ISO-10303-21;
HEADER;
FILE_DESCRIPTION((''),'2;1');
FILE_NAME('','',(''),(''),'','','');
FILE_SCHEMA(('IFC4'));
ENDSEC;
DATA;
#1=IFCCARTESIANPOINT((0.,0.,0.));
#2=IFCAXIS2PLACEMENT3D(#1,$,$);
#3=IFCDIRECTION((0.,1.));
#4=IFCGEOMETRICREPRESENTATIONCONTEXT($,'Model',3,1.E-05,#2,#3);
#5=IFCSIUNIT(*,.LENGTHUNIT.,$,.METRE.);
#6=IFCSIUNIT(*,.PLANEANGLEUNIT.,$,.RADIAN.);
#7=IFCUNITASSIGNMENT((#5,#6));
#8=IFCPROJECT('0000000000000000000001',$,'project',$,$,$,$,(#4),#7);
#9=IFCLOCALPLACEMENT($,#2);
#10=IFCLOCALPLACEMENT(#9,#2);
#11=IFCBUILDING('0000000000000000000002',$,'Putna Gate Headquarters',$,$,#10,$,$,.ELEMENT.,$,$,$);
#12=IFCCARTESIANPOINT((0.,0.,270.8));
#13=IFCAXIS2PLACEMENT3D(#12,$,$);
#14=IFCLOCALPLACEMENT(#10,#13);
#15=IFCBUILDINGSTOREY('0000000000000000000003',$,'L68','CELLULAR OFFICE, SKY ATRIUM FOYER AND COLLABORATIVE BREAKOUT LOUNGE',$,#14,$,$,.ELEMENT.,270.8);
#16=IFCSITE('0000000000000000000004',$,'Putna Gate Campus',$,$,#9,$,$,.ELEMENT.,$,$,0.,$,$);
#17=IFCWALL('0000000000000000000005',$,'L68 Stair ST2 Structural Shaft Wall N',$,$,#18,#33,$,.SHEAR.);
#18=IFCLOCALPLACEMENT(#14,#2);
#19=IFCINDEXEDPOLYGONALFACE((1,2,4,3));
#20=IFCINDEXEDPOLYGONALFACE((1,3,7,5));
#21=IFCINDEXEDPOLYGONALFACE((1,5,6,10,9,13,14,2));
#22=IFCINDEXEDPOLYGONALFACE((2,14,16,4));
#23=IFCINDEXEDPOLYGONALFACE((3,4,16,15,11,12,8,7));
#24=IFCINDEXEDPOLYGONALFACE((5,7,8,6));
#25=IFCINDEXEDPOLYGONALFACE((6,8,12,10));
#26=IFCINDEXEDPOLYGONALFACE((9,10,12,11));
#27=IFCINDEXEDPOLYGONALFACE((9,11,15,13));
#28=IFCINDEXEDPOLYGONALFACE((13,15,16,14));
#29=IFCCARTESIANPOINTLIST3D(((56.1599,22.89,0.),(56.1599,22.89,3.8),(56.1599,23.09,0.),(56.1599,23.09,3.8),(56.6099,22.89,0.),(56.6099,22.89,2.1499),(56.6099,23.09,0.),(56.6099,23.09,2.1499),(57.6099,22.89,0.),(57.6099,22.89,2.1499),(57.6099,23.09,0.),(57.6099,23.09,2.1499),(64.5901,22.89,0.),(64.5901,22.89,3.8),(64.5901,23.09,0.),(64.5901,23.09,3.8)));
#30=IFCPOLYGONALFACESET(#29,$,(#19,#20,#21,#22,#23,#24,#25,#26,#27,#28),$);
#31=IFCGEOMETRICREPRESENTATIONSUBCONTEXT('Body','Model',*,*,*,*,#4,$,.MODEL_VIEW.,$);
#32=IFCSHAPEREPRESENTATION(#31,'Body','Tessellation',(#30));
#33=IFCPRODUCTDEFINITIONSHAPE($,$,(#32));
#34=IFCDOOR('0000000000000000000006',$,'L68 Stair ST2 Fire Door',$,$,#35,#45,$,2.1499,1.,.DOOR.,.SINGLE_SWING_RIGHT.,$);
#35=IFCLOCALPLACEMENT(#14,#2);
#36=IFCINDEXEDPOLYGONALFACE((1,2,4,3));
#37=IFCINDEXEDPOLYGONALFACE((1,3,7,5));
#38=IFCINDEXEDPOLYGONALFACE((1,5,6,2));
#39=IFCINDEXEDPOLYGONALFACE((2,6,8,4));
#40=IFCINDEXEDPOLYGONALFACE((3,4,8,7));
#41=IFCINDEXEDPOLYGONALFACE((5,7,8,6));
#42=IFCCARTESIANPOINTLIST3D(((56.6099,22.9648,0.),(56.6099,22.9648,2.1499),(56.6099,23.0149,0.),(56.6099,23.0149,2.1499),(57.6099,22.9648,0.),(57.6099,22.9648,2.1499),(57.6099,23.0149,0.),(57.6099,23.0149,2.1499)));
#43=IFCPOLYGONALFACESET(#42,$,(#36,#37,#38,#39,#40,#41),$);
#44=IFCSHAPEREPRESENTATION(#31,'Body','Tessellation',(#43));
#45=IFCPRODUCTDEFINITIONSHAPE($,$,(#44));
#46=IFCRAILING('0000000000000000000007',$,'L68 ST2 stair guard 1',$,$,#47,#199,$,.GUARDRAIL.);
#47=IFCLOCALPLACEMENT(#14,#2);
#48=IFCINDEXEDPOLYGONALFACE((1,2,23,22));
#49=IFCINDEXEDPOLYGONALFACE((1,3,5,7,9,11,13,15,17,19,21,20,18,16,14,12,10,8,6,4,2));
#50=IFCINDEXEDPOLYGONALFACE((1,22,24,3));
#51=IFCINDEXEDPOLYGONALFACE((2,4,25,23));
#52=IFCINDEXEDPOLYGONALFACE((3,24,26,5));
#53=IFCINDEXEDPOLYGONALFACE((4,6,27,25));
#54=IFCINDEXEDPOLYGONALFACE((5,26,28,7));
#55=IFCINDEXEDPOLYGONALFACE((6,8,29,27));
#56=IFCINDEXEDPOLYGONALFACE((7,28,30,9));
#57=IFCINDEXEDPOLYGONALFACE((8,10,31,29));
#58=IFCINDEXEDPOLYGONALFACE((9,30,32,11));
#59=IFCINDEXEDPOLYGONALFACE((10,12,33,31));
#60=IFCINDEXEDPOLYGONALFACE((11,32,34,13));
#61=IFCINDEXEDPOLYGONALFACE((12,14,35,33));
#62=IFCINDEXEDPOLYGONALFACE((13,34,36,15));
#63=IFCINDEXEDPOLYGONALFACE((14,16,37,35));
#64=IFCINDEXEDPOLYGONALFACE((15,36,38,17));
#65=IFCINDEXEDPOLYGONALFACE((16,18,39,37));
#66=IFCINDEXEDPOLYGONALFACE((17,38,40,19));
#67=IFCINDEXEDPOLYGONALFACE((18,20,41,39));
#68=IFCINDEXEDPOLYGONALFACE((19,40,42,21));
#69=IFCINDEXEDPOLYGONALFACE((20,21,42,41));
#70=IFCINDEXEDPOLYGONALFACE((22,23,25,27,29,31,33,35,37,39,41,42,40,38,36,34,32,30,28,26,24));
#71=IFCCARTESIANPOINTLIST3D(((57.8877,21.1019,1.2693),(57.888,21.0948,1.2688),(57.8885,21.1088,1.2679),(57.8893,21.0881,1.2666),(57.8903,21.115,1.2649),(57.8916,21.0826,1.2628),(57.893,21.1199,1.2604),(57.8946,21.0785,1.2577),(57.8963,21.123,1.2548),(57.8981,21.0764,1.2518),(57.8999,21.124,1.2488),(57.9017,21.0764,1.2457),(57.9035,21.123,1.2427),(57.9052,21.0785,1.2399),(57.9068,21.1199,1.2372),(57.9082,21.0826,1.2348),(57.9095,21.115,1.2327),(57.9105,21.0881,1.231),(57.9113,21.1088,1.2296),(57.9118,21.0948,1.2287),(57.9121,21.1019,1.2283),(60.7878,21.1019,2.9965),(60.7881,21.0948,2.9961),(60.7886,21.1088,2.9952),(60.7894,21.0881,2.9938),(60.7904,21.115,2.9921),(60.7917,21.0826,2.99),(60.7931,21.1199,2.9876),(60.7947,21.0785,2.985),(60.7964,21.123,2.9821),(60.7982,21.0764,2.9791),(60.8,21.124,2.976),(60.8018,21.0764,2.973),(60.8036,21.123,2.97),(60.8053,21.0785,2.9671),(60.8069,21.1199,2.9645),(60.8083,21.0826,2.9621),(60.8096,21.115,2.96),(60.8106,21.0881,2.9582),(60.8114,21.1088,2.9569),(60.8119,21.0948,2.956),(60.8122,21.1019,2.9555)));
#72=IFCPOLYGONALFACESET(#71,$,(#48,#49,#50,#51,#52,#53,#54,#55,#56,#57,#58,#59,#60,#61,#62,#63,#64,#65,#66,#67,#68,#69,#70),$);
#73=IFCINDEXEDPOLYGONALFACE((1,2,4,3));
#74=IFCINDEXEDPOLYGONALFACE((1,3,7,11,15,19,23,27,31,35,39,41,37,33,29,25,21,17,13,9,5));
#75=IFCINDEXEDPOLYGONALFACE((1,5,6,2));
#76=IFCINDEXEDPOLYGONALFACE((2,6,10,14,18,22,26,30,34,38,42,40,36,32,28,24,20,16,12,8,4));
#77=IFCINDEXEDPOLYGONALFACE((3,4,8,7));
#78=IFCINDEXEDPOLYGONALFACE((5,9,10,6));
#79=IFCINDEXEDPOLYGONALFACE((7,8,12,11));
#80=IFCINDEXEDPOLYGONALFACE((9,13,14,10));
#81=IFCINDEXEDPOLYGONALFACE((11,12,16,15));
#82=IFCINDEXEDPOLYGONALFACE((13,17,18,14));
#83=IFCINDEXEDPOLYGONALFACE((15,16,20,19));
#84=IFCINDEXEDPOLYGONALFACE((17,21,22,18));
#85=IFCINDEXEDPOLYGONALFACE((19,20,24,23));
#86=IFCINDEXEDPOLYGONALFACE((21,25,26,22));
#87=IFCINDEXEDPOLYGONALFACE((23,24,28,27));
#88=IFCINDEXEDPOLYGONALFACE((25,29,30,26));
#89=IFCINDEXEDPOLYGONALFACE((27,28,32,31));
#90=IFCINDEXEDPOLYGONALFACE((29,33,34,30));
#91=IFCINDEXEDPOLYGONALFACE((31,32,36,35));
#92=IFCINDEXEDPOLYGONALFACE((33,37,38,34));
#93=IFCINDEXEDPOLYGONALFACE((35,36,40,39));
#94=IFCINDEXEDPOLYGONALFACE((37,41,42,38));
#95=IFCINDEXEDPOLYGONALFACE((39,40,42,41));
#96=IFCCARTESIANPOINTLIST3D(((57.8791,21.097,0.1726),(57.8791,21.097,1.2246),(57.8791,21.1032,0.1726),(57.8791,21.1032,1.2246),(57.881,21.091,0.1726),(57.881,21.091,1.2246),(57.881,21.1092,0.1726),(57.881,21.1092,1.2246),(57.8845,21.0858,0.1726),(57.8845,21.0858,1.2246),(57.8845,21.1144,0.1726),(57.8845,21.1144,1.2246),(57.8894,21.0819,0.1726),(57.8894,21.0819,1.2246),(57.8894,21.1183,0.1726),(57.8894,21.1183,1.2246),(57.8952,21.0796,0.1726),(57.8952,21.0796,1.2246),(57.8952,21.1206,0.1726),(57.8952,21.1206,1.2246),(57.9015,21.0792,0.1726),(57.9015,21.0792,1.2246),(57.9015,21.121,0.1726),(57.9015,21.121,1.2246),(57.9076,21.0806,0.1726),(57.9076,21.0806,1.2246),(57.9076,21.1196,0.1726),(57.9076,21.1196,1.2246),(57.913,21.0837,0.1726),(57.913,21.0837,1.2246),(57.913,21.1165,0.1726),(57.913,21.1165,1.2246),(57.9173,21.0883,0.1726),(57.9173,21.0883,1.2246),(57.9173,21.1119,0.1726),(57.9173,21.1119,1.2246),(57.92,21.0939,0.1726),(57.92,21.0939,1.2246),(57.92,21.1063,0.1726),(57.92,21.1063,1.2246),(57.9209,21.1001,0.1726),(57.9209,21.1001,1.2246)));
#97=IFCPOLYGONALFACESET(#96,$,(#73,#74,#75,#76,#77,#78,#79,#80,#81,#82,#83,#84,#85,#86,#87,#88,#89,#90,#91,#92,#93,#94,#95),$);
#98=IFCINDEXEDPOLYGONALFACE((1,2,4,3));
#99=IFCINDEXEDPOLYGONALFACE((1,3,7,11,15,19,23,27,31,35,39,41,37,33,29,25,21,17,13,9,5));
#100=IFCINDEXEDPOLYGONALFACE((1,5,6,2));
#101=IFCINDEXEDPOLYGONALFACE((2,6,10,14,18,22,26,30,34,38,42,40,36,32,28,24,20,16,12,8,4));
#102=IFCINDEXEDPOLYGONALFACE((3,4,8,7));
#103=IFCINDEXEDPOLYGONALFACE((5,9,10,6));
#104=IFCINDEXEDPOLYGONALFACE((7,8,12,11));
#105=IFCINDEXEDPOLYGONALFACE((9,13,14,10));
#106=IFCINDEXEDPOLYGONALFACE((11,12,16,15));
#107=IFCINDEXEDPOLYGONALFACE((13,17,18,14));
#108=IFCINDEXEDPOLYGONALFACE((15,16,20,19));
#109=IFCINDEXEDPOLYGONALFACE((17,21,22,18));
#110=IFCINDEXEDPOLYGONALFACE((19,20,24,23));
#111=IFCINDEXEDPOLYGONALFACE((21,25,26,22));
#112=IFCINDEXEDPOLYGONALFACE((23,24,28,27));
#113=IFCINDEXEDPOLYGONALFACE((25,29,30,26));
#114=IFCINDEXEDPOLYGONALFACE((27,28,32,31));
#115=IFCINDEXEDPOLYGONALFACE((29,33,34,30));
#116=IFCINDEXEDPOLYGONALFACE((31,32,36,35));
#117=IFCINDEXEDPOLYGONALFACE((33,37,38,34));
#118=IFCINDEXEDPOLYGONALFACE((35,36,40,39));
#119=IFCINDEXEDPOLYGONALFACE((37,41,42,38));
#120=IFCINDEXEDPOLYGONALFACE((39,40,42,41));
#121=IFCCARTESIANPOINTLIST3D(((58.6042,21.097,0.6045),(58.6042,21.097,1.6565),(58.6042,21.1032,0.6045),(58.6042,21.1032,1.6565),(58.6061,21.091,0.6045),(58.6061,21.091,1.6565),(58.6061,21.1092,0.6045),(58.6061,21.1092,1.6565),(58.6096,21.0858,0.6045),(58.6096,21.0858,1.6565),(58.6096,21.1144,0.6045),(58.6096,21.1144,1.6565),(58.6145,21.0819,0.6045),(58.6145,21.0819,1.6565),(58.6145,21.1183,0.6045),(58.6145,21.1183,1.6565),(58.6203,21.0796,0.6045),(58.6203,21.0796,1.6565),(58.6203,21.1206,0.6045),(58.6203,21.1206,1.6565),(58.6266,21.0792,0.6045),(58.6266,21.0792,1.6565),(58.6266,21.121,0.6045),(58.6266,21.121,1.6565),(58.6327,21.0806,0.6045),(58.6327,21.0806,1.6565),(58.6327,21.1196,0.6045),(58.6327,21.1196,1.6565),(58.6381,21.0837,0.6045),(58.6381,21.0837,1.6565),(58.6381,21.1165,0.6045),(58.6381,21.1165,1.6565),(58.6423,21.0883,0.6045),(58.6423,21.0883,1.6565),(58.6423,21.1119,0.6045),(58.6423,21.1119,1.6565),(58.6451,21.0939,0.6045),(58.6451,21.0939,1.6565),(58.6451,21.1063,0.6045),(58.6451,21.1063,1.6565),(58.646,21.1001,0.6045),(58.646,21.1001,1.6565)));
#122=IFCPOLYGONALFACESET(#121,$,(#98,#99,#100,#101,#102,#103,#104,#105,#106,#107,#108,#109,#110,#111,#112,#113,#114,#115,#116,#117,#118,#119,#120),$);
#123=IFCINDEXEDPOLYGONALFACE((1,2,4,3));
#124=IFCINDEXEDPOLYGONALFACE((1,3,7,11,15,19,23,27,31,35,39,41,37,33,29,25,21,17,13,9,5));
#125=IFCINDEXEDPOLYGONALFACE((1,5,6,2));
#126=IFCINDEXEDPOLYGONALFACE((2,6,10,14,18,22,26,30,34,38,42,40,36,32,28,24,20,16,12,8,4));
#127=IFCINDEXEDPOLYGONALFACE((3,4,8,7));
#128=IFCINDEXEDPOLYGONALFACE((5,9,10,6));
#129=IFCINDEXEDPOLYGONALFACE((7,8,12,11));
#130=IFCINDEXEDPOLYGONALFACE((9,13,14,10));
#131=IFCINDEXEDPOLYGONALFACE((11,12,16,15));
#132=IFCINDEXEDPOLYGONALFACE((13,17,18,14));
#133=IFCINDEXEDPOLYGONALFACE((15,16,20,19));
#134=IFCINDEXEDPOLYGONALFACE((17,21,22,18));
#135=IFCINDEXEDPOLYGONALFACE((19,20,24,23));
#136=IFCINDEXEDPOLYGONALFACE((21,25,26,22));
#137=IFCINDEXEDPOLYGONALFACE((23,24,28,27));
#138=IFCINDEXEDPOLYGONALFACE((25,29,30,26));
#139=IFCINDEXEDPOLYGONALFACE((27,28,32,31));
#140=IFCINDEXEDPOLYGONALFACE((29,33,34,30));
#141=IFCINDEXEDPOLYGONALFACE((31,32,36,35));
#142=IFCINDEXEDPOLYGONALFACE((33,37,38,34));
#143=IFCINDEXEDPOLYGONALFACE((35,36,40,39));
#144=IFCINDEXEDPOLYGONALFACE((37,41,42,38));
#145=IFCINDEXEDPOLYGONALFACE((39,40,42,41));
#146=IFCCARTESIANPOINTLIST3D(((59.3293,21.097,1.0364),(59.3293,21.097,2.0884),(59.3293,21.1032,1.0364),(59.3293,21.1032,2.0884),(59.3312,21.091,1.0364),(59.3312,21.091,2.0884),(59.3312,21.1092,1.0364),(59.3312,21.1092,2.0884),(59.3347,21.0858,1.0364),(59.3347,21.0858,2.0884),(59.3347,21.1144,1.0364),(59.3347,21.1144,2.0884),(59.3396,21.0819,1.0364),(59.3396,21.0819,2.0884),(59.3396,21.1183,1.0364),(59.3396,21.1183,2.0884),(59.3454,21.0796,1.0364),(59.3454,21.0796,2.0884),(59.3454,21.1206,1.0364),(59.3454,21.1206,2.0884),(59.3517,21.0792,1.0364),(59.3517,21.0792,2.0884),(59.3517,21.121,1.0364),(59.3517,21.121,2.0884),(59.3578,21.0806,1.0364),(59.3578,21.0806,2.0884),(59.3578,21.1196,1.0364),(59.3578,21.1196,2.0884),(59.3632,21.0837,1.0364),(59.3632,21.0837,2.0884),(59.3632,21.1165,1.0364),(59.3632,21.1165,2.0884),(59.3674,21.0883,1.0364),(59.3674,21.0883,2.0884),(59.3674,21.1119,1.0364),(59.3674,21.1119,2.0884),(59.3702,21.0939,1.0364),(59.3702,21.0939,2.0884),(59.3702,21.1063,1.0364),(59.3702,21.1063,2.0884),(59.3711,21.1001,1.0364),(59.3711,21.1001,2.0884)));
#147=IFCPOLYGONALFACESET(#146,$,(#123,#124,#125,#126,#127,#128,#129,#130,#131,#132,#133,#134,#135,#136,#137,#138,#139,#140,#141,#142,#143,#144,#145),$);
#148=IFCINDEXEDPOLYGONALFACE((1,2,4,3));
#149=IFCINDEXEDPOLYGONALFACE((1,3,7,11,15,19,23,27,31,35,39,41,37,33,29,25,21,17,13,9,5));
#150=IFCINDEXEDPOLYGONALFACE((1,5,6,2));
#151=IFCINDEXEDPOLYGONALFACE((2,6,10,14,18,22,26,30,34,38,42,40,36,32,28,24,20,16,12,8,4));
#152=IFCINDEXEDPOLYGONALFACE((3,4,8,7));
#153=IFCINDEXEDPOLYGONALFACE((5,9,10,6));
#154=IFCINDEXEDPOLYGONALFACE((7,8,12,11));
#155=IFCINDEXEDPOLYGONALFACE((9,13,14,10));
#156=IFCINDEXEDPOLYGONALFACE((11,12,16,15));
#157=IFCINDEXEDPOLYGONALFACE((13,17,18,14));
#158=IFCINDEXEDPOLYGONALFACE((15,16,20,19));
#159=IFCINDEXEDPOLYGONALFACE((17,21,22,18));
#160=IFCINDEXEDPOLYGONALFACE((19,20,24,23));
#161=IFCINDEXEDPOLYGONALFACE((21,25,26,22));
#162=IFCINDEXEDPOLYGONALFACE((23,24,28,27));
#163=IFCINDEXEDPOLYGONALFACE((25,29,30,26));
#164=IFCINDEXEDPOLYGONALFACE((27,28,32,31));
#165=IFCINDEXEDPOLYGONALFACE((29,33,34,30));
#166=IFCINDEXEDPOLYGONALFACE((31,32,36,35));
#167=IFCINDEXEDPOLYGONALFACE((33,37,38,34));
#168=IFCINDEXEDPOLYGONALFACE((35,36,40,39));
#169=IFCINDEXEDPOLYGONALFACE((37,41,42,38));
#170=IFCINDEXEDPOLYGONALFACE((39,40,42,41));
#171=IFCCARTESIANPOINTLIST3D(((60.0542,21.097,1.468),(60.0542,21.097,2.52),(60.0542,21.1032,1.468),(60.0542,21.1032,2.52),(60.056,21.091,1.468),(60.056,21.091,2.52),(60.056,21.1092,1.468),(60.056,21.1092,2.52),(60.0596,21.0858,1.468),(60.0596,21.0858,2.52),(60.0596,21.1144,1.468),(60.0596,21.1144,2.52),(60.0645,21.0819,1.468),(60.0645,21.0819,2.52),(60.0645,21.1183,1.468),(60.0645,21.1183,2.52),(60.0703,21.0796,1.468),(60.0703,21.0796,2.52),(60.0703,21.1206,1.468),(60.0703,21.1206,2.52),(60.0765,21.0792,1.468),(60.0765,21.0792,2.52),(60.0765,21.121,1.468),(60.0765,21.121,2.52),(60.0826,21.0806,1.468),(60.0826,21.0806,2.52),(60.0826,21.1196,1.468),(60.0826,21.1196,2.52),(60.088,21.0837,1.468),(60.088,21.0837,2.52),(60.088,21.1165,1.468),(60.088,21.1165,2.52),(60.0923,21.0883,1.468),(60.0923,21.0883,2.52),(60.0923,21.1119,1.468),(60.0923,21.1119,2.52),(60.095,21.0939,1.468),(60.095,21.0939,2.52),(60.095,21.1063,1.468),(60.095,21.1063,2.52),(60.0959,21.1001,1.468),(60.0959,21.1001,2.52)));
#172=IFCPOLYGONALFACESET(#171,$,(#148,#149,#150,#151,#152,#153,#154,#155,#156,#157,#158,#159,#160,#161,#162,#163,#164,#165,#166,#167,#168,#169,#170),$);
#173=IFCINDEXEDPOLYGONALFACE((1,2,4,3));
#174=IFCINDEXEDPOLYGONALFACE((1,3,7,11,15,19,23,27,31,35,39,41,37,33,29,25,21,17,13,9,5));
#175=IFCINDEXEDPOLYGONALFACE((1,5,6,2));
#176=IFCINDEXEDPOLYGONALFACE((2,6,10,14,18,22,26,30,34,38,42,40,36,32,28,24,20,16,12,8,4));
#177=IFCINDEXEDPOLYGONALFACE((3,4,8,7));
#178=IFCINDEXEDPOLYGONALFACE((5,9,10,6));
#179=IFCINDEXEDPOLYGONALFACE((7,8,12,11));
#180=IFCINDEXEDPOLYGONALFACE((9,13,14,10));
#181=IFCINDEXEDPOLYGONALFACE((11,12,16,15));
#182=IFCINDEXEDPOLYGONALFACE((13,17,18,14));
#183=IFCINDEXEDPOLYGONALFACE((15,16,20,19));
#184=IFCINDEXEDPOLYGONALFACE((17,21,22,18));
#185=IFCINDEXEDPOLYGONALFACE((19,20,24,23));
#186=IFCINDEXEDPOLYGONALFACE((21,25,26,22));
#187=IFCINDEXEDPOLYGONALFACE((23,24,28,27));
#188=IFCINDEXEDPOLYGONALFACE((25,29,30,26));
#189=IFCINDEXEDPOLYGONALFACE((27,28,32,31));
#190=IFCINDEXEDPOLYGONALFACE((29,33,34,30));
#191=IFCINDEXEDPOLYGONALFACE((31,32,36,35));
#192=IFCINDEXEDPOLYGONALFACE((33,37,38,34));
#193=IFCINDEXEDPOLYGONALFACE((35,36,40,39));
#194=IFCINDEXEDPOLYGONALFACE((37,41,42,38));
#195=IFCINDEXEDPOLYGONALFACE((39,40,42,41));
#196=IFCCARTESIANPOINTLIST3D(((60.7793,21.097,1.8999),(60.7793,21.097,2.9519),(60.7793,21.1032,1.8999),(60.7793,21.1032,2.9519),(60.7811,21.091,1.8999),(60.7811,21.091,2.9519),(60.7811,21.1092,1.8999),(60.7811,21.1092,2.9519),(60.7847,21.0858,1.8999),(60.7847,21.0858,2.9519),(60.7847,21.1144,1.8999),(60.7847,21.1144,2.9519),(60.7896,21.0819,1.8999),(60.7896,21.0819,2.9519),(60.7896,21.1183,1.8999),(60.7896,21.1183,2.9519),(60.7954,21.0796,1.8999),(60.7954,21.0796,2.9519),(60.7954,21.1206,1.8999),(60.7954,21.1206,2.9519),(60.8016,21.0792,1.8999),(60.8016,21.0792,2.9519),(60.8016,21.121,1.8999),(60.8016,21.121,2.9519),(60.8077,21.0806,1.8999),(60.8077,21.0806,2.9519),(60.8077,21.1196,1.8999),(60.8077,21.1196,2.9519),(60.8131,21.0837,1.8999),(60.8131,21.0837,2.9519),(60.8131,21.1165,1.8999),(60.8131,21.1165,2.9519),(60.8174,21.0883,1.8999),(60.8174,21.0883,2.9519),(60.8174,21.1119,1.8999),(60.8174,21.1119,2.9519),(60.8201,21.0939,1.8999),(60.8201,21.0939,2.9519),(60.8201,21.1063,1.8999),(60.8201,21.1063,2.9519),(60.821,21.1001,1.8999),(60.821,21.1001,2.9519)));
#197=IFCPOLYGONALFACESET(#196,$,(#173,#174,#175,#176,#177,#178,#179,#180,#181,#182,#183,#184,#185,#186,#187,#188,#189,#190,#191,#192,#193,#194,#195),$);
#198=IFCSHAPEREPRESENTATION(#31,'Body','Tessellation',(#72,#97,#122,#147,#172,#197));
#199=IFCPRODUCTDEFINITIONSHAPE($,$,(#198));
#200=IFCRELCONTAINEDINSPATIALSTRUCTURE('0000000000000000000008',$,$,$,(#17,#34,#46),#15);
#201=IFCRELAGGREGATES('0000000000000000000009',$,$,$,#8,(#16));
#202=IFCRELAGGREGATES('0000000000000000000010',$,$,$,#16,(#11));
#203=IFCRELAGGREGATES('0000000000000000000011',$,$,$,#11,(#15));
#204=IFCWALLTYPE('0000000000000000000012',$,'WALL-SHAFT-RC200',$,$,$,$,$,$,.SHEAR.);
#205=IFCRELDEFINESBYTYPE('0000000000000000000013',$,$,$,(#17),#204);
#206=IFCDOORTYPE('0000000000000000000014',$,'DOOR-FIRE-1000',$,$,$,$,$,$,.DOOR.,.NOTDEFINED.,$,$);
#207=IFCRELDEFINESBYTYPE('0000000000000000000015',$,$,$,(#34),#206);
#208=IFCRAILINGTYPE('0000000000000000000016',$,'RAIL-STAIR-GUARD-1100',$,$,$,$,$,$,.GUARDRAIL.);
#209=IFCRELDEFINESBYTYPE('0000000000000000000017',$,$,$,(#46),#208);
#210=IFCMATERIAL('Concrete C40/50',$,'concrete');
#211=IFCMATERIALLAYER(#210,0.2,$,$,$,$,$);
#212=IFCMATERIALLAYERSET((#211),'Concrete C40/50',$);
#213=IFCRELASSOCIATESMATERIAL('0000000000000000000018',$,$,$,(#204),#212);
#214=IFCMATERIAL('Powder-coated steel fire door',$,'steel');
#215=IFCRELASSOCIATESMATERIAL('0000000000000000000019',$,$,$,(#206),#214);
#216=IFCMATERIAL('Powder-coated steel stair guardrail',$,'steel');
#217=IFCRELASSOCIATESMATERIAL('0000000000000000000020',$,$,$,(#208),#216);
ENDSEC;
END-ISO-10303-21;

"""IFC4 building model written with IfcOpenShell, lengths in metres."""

from ifc_helpers import new_model, si_unit, direction, frame, frame_2d, origin, origin_2d, place, context, subcontext, project, spatial, rectangle, circle, extrude, material, layer, layer_set, type_object, element, fill, save


model = new_model("IFC4")

# Units and contexts
model_context = context("Model", 3, precision=1e-05, world=origin(), true_north=direction((0.0, 1.0)))
body_context = subcontext(model_context, "Body", "Model", "MODEL_VIEW")
ifc_project = project(units=[si_unit("LENGTHUNIT", "METRE"), si_unit("PLANEANGLEUNIT", "RADIAN")], contexts=[model_context])

# Site, building, storey
site_placement = place(None, origin())
site = spatial("IfcSite", under=ifc_project, at=site_placement, Name="Putna Gate Campus", CompositionType="ELEMENT", RefElevation=0.0)
building_placement = place(site_placement, origin())
building = spatial("IfcBuilding", under=site, at=building_placement, Name="Putna Gate Headquarters", CompositionType="ELEMENT")
storey_placement = place(building_placement, frame((0.0, 0.0, 270.8)))
storey = spatial("IfcBuildingStorey", under=building, at=storey_placement, Name="L68", Description="CELLULAR OFFICE, SKY ATRIUM FOYER AND COLLABORATIVE BREAKOUT LOUNGE", CompositionType="ELEMENT", Elevation=270.8)

# Shared definitions
ifc_material_1 = material(Name="Concrete C40/50", Category="concrete")

# Wall, opening, door
ifc_layer_1 = layer(ifc_material_1, 0.2)
ifc_layer_set_1 = layer_set([ifc_layer_1], Name="Concrete C40/50")
wall_type_1 = type_object("IfcWallType", Name="WALL-SHAFT-RC200", PredefinedType="SHEAR", material=ifc_layer_set_1)
wall_1_placement = place(storey_placement, frame((56.1599, 22.99, 0.0), z_axis=(0.0, 0.0, 1.0), x_axis=(1.0, 0.0, 0.0)))
wall_1 = element("IfcWall", 1, at=wall_1_placement, inside=storey, type_object=wall_type_1, Name="L68 Stair ST2 Structural Shaft Wall N", PredefinedType="SHEAR", context=body_context, shape_type="SweptSolid", body=[
    extrude(rectangle(XDim=8.4302, YDim=0.2, at=frame_2d((4.2151, 0.0))), origin(), (0.0, 0.0, 1.0), 3.8),
])
opening_1_placement = place(wall_1_placement, frame((0.45, 0.0, 0.0)))
opening_1 = element("IfcOpeningElement", 2, at=opening_1_placement, cuts=wall_1, PredefinedType="OPENING", context=body_context, shape_type="SweptSolid", body=[
    extrude(rectangle(XDim=1.0, YDim=2.1499, at=frame_2d((0.5, 1.075))), frame((0.0, 0.1099, 0.0), z_axis=(0.0, -1.0, 0.0), x_axis=(1.0, 0.0, 0.0)), (0.0, 0.0, 1.0), 0.22),
])
ifc_material_2 = material(Name="Powder-coated steel fire door", Category="steel")
door_type_1 = type_object("IfcDoorType", Name="DOOR-FIRE-1000", OperationType="NOTDEFINED", PredefinedType="DOOR", material=ifc_material_2)
door_1_placement = place(opening_1_placement, origin())
door_1 = element("IfcDoor", 3, at=door_1_placement, inside=storey, type_object=door_type_1, Name="L68 Stair ST2 Fire Door", OperationType="SINGLE_SWING_RIGHT", OverallHeight=2.1499, OverallWidth=1.0, PredefinedType="DOOR", context=body_context, shape_type="SweptSolid", body=[
    extrude(rectangle(XDim=1.0, YDim=2.1499, at=frame_2d((0.5, 1.075))), frame((0.0, 0.0249, 0.0), z_axis=(0.0, -1.0, 0.0), x_axis=(1.0, 0.0, 0.0)), (0.0, 0.0, 1.0), 0.05),
])
fill(opening_1, door_1)

# Railing
ifc_material_3 = material(Name="Powder-coated steel stair guardrail", Category="steel")
railing_type_1 = type_object("IfcRailingType", Name="RAIL-STAIR-GUARD-1100", PredefinedType="GUARDRAIL", material=ifc_material_3)
railing_1_placement = place(storey_placement, frame((57.8999, 21.1001, 0.1726)))
element("IfcRailing", 4, at=railing_1_placement, inside=storey, type_object=railing_type_1, Name="L68 ST2 stair guard 1", PredefinedType="GUARDRAIL", context=body_context, shape_type="SweptSolid", body=[
    extrude(circle(Radius=0.0239, at=origin_2d()), frame((0.0, 0.0, 1.0762), z_axis=(0.85916, 0.0, 0.511706), x_axis=(0.0, 1.0, 0.0)), (0.0, 0.0, 1.0), 3.3755),
    extrude(circle(Radius=0.021, at=origin_2d()), origin(), (0.0, 0.0, 1.0), 1.052),
    extrude(circle(Radius=0.021, at=origin_2d()), frame((0.7251, 0.0, 0.4319)), (0.0, 0.0, 1.0), 1.052),
    extrude(circle(Radius=0.021, at=origin_2d()), frame((1.4502, 0.0, 0.8638)), (0.0, 0.0, 1.0), 1.052),
    extrude(circle(Radius=0.021, at=origin_2d()), frame((2.175, 0.0, 1.2954)), (0.0, 0.0, 1.0), 1.052),
    extrude(circle(Radius=0.021, at=origin_2d()), frame((2.9001, 0.0, 1.7273)), (0.0, 0.0, 1.0), 1.052),
])

save(model, "model.ifc")
